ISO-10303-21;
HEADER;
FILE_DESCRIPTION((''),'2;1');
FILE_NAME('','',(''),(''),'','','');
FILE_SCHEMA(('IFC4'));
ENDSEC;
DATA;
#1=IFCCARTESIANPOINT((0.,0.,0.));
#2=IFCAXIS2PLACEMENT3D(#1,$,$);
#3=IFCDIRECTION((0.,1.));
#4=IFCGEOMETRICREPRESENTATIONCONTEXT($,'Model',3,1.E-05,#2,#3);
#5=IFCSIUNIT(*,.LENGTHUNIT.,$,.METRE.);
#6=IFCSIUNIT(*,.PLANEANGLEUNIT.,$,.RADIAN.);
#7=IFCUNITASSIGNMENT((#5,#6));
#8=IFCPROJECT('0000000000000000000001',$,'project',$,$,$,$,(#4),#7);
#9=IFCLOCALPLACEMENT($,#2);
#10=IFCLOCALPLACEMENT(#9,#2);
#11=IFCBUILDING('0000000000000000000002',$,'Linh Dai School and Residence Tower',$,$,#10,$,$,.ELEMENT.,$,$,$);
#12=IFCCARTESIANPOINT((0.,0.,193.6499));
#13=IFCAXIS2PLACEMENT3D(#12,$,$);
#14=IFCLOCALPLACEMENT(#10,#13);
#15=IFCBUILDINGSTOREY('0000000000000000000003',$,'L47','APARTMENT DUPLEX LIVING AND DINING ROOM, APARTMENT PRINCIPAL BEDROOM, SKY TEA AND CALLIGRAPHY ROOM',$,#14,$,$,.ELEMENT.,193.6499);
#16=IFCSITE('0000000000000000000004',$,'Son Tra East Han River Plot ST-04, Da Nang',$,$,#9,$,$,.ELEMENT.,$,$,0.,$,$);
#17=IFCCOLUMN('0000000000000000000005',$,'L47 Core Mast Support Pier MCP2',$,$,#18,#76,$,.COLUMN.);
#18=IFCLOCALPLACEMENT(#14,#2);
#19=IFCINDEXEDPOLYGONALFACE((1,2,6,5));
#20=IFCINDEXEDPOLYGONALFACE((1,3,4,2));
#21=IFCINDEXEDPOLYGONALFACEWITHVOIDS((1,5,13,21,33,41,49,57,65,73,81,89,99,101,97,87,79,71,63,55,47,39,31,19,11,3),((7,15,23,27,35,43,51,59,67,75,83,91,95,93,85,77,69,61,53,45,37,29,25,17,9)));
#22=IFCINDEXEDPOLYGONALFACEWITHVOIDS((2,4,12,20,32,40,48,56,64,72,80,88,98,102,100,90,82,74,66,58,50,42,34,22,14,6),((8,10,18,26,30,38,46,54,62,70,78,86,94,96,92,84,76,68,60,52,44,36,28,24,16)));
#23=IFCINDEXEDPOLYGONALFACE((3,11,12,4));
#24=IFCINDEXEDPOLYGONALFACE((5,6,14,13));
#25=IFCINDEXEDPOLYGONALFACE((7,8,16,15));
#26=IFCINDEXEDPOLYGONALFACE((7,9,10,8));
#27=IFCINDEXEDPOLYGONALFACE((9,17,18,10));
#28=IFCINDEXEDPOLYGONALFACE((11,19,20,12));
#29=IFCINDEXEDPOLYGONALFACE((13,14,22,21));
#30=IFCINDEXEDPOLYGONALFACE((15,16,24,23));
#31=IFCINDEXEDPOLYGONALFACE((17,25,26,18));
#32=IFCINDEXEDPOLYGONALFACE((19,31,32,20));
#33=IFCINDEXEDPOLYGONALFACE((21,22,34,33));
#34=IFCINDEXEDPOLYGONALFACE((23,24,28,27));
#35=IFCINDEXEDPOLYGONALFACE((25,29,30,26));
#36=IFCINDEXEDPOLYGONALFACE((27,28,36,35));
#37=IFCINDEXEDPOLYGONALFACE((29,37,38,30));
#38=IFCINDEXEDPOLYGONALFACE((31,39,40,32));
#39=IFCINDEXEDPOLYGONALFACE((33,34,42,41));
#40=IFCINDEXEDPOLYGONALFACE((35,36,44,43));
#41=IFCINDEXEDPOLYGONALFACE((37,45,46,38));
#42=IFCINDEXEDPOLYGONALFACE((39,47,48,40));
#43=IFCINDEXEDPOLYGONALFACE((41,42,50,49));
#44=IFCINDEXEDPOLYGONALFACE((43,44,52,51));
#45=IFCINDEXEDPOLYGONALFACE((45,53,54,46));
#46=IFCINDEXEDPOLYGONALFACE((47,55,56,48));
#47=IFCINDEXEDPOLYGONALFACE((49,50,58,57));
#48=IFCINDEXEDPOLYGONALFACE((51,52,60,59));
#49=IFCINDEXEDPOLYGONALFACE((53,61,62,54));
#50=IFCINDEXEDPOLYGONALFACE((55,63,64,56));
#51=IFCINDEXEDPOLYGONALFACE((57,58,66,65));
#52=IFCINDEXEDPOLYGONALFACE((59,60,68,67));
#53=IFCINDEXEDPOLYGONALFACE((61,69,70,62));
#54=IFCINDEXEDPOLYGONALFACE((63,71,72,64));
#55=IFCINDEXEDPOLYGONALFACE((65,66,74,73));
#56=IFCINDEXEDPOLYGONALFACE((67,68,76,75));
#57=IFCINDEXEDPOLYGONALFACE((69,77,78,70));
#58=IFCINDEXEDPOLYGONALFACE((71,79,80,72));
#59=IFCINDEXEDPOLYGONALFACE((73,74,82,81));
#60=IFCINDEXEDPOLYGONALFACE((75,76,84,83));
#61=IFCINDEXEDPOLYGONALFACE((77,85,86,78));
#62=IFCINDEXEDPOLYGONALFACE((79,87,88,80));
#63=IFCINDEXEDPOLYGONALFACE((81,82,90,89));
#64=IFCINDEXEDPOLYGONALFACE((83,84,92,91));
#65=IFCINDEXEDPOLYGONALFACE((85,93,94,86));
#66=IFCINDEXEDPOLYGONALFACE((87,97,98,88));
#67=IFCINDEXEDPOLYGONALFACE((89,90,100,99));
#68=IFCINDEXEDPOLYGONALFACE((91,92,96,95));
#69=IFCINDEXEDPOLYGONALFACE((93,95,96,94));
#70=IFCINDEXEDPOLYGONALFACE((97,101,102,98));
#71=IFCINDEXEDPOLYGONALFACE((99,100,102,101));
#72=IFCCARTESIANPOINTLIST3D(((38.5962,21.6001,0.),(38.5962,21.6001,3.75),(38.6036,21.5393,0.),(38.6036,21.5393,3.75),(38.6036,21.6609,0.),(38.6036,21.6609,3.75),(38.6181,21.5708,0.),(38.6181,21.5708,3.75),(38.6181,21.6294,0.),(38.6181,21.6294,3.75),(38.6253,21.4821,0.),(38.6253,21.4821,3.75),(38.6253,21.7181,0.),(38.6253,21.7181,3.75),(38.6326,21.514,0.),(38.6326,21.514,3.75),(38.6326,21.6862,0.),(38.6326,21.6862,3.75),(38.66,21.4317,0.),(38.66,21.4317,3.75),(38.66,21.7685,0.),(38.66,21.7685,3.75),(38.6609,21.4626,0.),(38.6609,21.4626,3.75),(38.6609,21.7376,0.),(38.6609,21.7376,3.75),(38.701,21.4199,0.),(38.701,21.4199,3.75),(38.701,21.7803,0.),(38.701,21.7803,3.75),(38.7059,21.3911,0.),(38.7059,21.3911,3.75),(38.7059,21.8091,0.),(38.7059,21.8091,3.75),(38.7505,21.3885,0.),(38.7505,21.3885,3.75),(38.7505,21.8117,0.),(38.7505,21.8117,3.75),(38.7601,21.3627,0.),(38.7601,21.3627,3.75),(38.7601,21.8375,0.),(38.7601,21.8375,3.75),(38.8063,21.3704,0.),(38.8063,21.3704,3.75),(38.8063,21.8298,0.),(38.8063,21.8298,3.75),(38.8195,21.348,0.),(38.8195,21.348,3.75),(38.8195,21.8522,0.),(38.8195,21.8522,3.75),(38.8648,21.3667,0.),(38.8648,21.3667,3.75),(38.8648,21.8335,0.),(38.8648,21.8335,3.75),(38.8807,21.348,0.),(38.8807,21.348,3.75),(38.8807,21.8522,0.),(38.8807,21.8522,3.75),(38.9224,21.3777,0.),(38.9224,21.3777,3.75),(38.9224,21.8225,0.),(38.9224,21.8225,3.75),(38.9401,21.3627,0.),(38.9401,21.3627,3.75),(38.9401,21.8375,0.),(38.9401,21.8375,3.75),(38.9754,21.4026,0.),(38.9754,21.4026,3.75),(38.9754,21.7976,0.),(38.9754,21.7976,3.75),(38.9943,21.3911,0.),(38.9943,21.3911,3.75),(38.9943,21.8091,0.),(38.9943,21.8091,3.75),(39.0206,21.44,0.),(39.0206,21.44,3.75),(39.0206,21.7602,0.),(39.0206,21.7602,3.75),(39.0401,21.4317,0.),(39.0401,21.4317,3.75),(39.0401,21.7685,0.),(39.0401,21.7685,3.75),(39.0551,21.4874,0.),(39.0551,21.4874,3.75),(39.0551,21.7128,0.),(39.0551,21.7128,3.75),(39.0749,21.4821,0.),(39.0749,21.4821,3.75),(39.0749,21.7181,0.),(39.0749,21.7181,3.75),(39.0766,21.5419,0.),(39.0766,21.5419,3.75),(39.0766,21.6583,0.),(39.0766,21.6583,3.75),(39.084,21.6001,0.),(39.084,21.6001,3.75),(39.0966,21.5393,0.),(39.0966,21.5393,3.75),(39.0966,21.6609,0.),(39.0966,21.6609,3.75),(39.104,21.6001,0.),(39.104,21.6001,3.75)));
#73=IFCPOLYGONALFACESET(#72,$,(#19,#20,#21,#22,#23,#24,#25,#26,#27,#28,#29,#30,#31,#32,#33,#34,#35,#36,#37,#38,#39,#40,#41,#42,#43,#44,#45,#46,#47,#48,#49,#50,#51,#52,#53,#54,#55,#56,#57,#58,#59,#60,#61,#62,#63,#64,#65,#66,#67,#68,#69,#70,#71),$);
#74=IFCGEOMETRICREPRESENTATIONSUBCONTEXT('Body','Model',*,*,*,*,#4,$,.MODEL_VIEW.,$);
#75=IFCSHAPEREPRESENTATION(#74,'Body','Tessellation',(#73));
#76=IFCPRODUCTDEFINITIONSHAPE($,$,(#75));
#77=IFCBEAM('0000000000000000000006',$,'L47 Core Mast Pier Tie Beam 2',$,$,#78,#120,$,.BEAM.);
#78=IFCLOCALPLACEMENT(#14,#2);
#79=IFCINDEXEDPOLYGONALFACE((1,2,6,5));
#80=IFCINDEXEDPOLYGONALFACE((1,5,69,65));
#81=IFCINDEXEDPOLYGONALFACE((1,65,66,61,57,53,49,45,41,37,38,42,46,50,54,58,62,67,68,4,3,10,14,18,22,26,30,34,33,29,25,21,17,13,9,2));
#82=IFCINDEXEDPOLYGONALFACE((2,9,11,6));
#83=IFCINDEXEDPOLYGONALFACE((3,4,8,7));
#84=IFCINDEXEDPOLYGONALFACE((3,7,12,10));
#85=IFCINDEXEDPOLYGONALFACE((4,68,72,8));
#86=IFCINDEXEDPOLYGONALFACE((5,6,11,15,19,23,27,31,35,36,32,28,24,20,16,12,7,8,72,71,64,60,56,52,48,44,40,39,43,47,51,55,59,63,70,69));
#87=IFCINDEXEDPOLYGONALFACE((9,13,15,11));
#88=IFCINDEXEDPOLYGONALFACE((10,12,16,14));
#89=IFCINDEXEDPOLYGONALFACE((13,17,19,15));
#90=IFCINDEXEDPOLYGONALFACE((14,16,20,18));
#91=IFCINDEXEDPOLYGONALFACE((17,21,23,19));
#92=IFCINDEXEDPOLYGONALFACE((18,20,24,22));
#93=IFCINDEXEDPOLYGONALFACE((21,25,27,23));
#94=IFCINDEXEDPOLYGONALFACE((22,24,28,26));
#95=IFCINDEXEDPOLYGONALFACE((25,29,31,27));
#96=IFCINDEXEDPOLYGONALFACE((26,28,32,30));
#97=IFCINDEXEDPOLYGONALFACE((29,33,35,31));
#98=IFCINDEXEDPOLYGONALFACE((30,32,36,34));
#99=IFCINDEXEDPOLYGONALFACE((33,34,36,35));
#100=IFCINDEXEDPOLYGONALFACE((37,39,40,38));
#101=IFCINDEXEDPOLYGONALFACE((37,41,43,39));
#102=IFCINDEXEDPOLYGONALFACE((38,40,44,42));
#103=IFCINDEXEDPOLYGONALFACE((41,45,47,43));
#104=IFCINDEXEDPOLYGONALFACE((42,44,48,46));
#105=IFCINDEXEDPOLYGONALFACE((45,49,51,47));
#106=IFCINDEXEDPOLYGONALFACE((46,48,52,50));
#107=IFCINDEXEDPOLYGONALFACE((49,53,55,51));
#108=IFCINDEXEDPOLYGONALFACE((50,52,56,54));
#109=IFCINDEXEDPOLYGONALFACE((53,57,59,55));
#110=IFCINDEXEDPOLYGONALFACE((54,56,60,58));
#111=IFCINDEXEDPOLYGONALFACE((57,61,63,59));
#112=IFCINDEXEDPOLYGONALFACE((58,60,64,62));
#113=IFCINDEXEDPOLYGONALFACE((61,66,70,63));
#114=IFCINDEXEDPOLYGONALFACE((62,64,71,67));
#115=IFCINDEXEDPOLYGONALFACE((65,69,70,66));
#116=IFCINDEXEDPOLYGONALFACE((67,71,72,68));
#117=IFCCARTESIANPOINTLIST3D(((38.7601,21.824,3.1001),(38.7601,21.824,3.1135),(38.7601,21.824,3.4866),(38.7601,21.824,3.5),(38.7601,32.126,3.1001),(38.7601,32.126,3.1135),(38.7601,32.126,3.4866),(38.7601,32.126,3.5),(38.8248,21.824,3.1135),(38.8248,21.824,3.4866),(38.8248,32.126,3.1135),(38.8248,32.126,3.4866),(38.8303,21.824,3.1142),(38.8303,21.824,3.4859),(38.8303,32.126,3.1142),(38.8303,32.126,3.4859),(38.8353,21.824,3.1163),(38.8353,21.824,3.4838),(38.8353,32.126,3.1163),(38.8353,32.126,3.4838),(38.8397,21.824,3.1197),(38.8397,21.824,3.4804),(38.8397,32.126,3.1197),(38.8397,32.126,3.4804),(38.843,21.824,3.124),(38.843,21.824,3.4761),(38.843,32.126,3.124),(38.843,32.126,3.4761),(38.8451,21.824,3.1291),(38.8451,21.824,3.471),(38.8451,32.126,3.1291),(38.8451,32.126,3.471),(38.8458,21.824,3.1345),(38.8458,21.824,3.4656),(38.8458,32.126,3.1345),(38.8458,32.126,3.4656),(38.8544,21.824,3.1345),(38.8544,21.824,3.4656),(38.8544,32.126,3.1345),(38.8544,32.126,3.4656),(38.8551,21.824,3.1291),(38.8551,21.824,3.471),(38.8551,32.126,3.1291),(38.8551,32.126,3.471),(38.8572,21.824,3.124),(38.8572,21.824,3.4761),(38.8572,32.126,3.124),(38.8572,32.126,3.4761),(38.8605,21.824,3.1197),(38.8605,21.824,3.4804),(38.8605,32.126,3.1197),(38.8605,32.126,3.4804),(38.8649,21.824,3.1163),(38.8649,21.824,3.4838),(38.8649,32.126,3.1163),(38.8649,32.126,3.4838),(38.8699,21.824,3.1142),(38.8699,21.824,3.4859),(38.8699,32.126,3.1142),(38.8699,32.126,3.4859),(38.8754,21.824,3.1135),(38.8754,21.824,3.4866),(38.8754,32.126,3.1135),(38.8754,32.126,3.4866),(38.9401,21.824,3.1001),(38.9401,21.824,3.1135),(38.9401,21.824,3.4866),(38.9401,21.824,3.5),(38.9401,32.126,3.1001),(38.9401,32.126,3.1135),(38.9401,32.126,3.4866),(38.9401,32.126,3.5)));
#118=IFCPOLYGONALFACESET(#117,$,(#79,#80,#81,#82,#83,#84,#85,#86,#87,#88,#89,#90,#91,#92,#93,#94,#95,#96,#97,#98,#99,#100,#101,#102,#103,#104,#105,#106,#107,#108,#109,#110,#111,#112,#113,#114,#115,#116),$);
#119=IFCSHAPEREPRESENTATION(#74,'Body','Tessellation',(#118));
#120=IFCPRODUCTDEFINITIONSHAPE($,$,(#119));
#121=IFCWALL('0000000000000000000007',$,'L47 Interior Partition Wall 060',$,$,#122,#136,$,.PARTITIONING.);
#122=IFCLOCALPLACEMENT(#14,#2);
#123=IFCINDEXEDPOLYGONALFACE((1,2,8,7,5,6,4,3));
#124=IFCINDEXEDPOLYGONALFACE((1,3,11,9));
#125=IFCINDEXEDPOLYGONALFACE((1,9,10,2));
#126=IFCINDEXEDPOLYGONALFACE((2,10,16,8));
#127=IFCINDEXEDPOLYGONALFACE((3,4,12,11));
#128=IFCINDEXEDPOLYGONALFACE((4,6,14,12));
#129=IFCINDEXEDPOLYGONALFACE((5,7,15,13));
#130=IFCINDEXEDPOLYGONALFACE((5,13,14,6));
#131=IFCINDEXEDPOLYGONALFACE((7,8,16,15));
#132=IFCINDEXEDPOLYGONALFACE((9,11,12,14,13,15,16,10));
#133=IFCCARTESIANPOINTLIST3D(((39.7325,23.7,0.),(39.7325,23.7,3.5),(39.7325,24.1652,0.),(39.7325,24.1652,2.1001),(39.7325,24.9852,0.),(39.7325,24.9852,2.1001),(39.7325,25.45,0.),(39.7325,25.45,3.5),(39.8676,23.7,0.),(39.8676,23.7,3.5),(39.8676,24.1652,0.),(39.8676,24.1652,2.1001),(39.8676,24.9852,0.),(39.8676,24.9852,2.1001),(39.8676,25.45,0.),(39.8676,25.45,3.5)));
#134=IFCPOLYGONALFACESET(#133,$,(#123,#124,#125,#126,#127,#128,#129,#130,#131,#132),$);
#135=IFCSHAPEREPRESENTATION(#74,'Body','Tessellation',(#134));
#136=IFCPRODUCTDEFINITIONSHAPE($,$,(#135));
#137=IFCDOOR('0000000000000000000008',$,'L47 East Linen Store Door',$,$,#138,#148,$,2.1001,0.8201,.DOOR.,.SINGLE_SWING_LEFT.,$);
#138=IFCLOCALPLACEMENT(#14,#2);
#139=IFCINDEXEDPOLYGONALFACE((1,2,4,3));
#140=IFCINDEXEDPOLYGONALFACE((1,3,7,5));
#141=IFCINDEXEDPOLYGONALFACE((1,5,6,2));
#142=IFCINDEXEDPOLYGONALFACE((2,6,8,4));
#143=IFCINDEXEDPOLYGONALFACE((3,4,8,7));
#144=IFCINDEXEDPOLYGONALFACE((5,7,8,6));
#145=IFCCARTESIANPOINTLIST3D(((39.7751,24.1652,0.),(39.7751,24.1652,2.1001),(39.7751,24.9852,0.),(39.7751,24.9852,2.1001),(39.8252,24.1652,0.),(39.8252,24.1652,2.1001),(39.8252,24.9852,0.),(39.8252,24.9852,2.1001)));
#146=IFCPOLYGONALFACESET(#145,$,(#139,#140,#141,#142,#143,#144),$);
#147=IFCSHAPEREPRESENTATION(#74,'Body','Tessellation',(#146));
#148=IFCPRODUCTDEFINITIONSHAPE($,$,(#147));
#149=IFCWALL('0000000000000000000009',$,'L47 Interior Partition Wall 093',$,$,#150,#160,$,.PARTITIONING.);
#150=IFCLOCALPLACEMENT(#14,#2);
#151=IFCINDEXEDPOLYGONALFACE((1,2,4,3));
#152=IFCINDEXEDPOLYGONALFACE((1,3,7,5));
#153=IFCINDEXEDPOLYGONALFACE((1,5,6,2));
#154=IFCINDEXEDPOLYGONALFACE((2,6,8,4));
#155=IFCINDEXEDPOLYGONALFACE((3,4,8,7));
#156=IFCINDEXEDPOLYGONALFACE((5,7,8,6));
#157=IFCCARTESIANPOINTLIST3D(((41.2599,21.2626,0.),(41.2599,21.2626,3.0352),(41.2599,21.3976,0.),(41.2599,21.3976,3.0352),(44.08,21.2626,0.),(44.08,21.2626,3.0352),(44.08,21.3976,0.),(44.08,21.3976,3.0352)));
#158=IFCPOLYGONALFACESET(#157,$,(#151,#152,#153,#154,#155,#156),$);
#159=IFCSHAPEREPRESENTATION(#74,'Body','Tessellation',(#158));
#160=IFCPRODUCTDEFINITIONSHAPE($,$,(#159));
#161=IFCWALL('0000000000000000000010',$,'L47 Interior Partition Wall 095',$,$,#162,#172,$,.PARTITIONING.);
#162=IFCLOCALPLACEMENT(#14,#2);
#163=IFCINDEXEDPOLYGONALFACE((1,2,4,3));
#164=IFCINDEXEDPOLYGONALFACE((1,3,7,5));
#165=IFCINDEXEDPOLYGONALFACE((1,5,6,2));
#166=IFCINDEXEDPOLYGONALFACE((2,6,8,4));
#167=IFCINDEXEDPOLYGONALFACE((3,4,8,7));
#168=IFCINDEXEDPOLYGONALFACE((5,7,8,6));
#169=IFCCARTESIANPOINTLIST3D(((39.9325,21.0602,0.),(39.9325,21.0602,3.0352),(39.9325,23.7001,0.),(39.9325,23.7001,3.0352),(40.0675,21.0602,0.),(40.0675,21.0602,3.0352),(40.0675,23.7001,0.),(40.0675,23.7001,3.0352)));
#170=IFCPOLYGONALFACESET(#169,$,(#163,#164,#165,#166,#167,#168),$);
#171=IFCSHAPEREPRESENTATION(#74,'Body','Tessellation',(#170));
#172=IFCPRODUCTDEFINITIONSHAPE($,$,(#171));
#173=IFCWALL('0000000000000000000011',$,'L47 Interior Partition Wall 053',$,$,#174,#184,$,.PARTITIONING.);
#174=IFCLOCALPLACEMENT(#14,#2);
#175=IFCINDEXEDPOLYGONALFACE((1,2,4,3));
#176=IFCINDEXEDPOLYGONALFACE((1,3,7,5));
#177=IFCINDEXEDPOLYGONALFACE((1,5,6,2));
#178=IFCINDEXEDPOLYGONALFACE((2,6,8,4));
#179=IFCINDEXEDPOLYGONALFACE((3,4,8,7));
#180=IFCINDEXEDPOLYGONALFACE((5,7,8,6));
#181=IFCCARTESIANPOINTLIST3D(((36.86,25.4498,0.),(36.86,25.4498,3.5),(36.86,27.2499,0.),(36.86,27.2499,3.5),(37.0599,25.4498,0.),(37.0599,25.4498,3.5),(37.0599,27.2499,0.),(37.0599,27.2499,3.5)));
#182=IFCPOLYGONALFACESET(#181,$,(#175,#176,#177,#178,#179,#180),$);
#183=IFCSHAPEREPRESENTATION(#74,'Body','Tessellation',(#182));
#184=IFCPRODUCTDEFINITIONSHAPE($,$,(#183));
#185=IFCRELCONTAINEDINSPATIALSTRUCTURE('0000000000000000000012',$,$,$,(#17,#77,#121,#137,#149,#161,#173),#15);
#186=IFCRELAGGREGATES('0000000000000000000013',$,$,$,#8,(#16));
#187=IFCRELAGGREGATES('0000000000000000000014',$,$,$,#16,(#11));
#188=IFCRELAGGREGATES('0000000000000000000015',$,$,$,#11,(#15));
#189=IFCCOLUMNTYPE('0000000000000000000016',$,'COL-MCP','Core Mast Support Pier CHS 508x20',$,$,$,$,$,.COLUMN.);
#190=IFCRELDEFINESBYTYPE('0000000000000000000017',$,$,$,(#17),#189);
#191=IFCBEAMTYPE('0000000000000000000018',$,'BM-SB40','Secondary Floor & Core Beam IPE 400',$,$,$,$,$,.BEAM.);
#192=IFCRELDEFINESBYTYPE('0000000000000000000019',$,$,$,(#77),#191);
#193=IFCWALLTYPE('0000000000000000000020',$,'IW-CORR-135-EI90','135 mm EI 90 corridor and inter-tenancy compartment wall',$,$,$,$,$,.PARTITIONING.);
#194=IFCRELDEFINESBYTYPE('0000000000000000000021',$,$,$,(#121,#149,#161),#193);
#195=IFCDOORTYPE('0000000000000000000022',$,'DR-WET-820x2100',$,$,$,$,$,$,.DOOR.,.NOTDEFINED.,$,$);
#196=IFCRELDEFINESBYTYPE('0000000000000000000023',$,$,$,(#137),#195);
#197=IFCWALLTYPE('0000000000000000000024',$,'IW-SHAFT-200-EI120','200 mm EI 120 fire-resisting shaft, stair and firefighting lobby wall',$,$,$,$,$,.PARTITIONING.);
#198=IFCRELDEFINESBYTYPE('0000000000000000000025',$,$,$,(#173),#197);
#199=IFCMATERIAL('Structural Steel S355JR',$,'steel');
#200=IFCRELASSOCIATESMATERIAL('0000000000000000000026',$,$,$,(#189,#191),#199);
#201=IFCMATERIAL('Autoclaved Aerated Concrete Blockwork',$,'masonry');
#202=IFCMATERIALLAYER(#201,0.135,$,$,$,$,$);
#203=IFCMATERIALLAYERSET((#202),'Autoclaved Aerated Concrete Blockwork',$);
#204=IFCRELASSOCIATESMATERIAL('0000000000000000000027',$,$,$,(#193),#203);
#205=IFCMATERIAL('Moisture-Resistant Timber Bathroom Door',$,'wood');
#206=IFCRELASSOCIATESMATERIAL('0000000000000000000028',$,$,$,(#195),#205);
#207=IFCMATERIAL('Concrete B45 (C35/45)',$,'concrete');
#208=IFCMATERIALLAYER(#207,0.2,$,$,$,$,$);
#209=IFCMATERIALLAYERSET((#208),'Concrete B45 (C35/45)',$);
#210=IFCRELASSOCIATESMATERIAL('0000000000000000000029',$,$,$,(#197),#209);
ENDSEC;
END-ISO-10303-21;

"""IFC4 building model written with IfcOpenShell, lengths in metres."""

from ifc_helpers import new_model, si_unit, direction, frame, frame_2d, origin, origin_2d, place, context, subcontext, project, spatial, rectangle, hollow_circle, i_section, extrude, source, transform, mapped, material, layer, layer_set, material_profile, profile_set, type_object, element, fill, save


model = new_model("IFC4")

# Units and contexts
model_context = context("Model", 3, precision=1e-05, world=origin(), true_north=direction((0.0, 1.0)))
body_context = subcontext(model_context, "Body", "Model", "MODEL_VIEW")
ifc_project = project(units=[si_unit("LENGTHUNIT", "METRE"), si_unit("PLANEANGLEUNIT", "RADIAN")], contexts=[model_context])

# Site, building, storey
site_placement = place(None, origin())
site = spatial("IfcSite", under=ifc_project, at=site_placement, Name="Son Tra East Han River Plot ST-04, Da Nang", CompositionType="ELEMENT", RefElevation=0.0)
building_placement = place(site_placement, origin())
building = spatial("IfcBuilding", under=site, at=building_placement, Name="Linh Dai School and Residence Tower", CompositionType="ELEMENT")
storey_placement = place(building_placement, frame((0.0, 0.0, 193.6499)))
storey = spatial("IfcBuildingStorey", under=building, at=storey_placement, Name="L47", Description="APARTMENT DUPLEX LIVING AND DINING ROOM, APARTMENT PRINCIPAL BEDROOM, SKY TEA AND CALLIGRAPHY ROOM", CompositionType="ELEMENT", Elevation=193.6499)

# Column
ifc_material_1 = material(Name="Structural Steel S355JR", Category="steel")
ifc_material_profile_1 = material_profile(ifc_material_1, hollow_circle(Radius=0.2539, WallThickness=0.02, at=origin_2d()), Name="CHS 508x20")
ifc_profile_set_1 = profile_set([ifc_material_profile_1], Name="Structural Steel S355JR")
column_type_1 = type_object("IfcColumnType", Name="COL-MCP", Description="Core Mast Support Pier CHS 508x20", PredefinedType="COLUMN", material=ifc_profile_set_1)
column_placement = place(storey_placement, frame((38.8501, 21.6001, 0.0), z_axis=(0.0, 0.0, 1.0), x_axis=(1.0, 0.0, 0.0)))
element("IfcColumn", 1, at=column_placement, inside=storey, type_object=column_type_1, Name="L47 Core Mast Support Pier MCP2", PredefinedType="COLUMN", context=body_context, shape_type="SweptSolid", body=[
    extrude(hollow_circle(Radius=0.2539, WallThickness=0.02, at=origin_2d()), origin(), (0.0, 0.0, 1.0), 3.75),
])

# Beam
ifc_material_profile_2 = material_profile(ifc_material_1, i_section(OverallWidth=0.1799, OverallDepth=0.3999, WebThickness=0.0085, FlangeThickness=0.0134, FilletRadius=0.021, at=origin_2d()), Name="IPE 400")
ifc_profile_set_2 = profile_set([ifc_material_profile_2], Name="Structural Steel S355JR")
beam_type = type_object("IfcBeamType", Name="BM-SB40", Description="Secondary Floor & Core Beam IPE 400", PredefinedType="BEAM", material=ifc_profile_set_2)
beam_placement = place(storey_placement, frame((38.8501, 21.824, 3.3), z_axis=(0.0, 1.0, 0.0), x_axis=(-1.0, 0.0, 0.0)))
element("IfcBeam", 2, at=beam_placement, inside=storey, type_object=beam_type, Name="L47 Core Mast Pier Tie Beam 2", PredefinedType="BEAM", context=body_context, shape_type="SweptSolid", body=[
    extrude(i_section(OverallWidth=0.1799, OverallDepth=0.3999, WebThickness=0.0085, FlangeThickness=0.0134, FilletRadius=0.021, at=origin_2d()), origin(), (0.0, 0.0, 1.0), 10.302),
])

# Wall, opening, door
ifc_material_2 = material(Name="Autoclaved Aerated Concrete Blockwork", Category="masonry")
ifc_layer_1 = layer(ifc_material_2, 0.135)
ifc_layer_set_1 = layer_set([ifc_layer_1], Name="Autoclaved Aerated Concrete Blockwork")
wall_type_1 = type_object("IfcWallType", Name="IW-CORR-135-EI90", Description="135 mm EI 90 corridor and inter-tenancy compartment wall", PredefinedType="PARTITIONING", material=ifc_layer_set_1)
wall_1_placement = place(storey_placement, frame((39.8, 23.7, 0.0), z_axis=(0.0, 0.0, 1.0), x_axis=(0.0, 1.0, 0.0)))
wall_1 = element("IfcWall", 3, at=wall_1_placement, inside=storey, type_object=wall_type_1, Name="L47 Interior Partition Wall 060", PredefinedType="PARTITIONING", context=body_context, shape_type="SweptSolid", body=[
    extrude(rectangle(XDim=1.75, YDim=0.135, at=frame_2d((0.875, 0.0))), origin(), (0.0, 0.0, 1.0), 3.5),
])
opening_placement = place(wall_1_placement, frame((0.4651, 0.0, 0.0)))
opening = element("IfcOpeningElement", 4, at=opening_placement, cuts=wall_1, PredefinedType="OPENING", context=body_context, shape_type="SweptSolid", body=[
    extrude(rectangle(XDim=0.8201, YDim=2.1001, at=origin_2d()), frame((0.4102, 0.0776, 1.05), z_axis=(0.0, -1.0, 0.0), x_axis=(1.0, 0.0, 0.0)), (0.0, 0.0, 1.0), 0.155),
])
ifc_material_3 = material(Name="Moisture-Resistant Timber Bathroom Door", Category="wood")
door_type = type_object("IfcDoorType", Name="DR-WET-820x2100", OperationType="NOTDEFINED", PredefinedType="DOOR", material=ifc_material_3)
shared_shape_1 = source(origin(), body_context, "Body", "SweptSolid", [
    extrude(rectangle(XDim=0.8201, YDim=2.1001, at=origin_2d()), frame((0.4102, 0.0249, 1.05), z_axis=(0.0, -1.0, 0.0), x_axis=(1.0, 0.0, 0.0)), (0.0, 0.0, 1.0), 0.05),
])
door_placement = place(opening_placement, origin())
door = element("IfcDoor", 5, at=door_placement, inside=storey, type_object=door_type, Name="L47 East Linen Store Door", OperationType="SINGLE_SWING_LEFT", OverallHeight=2.1001, OverallWidth=0.8201, PredefinedType="DOOR", context=body_context, shape_type="MappedRepresentation", body=[
    mapped(shared_shape_1, transform((0.0, 0.0, 0.0), x_axis=(1.0, 0.0, 0.0), y_axis=(0.0, 1.0, 0.0), z_axis=(0.0, 0.0, 1.0), scale=1.0)),
])
fill(opening, door)

# Walls
wall_2_placement = place(storey_placement, frame((44.0801, 21.3301, 0.0), z_axis=(0.0, 0.0, 1.0), x_axis=(-1.0, 0.0, 0.0)))
element("IfcWall", 6, at=wall_2_placement, inside=storey, type_object=wall_type_1, Name="L47 Interior Partition Wall 093", PredefinedType="PARTITIONING", context=body_context, shape_type="SweptSolid", body=[
    extrude(rectangle(XDim=2.8201, YDim=0.135, at=frame_2d((1.4102, 0.0))), origin(), (0.0, 0.0, 1.0), 3.0352),
])
wall_3_placement = place(storey_placement, frame((40.0, 23.7, 0.0), z_axis=(0.0, 0.0, 1.0), x_axis=(0.0, -1.0, 0.0)))
element("IfcWall", 7, at=wall_3_placement, inside=storey, type_object=wall_type_1, Name="L47 Interior Partition Wall 095", PredefinedType="PARTITIONING", context=body_context, shape_type="SweptSolid", body=[
    extrude(rectangle(XDim=2.6399, YDim=0.135, at=frame_2d((1.3198, 0.0))), origin(), (0.0, 0.0, 1.0), 3.0352),
])
ifc_material_4 = material(Name="Concrete B45 (C35/45)", Category="concrete")
ifc_layer_2 = layer(ifc_material_4, 0.2)
ifc_layer_set_2 = layer_set([ifc_layer_2], Name="Concrete B45 (C35/45)")
wall_type_2 = type_object("IfcWallType", Name="IW-SHAFT-200-EI120", Description="200 mm EI 120 fire-resisting shaft, stair and firefighting lobby wall", PredefinedType="PARTITIONING", material=ifc_layer_set_2)
for number, where, z_axis, x_axis, name in (
    (8, (36.96, 25.45, 0.0), (0.0, 0.0, 1.0), (0.0, 1.0, 0.0), "L47 Interior Partition Wall 053"),
):
    element("IfcWall", number, at=place(storey_placement, frame(where, z_axis=z_axis, x_axis=x_axis)), inside=storey, type_object=wall_type_2, Name=name, PredefinedType="PARTITIONING", context=body_context, shape_type="SweptSolid", body=[
        extrude(rectangle(XDim=1.8, YDim=0.2, at=frame_2d((0.8999, 0.0))), origin(), (0.0, 0.0, 1.0), 3.5),
    ])

save(model, "model.ifc")
